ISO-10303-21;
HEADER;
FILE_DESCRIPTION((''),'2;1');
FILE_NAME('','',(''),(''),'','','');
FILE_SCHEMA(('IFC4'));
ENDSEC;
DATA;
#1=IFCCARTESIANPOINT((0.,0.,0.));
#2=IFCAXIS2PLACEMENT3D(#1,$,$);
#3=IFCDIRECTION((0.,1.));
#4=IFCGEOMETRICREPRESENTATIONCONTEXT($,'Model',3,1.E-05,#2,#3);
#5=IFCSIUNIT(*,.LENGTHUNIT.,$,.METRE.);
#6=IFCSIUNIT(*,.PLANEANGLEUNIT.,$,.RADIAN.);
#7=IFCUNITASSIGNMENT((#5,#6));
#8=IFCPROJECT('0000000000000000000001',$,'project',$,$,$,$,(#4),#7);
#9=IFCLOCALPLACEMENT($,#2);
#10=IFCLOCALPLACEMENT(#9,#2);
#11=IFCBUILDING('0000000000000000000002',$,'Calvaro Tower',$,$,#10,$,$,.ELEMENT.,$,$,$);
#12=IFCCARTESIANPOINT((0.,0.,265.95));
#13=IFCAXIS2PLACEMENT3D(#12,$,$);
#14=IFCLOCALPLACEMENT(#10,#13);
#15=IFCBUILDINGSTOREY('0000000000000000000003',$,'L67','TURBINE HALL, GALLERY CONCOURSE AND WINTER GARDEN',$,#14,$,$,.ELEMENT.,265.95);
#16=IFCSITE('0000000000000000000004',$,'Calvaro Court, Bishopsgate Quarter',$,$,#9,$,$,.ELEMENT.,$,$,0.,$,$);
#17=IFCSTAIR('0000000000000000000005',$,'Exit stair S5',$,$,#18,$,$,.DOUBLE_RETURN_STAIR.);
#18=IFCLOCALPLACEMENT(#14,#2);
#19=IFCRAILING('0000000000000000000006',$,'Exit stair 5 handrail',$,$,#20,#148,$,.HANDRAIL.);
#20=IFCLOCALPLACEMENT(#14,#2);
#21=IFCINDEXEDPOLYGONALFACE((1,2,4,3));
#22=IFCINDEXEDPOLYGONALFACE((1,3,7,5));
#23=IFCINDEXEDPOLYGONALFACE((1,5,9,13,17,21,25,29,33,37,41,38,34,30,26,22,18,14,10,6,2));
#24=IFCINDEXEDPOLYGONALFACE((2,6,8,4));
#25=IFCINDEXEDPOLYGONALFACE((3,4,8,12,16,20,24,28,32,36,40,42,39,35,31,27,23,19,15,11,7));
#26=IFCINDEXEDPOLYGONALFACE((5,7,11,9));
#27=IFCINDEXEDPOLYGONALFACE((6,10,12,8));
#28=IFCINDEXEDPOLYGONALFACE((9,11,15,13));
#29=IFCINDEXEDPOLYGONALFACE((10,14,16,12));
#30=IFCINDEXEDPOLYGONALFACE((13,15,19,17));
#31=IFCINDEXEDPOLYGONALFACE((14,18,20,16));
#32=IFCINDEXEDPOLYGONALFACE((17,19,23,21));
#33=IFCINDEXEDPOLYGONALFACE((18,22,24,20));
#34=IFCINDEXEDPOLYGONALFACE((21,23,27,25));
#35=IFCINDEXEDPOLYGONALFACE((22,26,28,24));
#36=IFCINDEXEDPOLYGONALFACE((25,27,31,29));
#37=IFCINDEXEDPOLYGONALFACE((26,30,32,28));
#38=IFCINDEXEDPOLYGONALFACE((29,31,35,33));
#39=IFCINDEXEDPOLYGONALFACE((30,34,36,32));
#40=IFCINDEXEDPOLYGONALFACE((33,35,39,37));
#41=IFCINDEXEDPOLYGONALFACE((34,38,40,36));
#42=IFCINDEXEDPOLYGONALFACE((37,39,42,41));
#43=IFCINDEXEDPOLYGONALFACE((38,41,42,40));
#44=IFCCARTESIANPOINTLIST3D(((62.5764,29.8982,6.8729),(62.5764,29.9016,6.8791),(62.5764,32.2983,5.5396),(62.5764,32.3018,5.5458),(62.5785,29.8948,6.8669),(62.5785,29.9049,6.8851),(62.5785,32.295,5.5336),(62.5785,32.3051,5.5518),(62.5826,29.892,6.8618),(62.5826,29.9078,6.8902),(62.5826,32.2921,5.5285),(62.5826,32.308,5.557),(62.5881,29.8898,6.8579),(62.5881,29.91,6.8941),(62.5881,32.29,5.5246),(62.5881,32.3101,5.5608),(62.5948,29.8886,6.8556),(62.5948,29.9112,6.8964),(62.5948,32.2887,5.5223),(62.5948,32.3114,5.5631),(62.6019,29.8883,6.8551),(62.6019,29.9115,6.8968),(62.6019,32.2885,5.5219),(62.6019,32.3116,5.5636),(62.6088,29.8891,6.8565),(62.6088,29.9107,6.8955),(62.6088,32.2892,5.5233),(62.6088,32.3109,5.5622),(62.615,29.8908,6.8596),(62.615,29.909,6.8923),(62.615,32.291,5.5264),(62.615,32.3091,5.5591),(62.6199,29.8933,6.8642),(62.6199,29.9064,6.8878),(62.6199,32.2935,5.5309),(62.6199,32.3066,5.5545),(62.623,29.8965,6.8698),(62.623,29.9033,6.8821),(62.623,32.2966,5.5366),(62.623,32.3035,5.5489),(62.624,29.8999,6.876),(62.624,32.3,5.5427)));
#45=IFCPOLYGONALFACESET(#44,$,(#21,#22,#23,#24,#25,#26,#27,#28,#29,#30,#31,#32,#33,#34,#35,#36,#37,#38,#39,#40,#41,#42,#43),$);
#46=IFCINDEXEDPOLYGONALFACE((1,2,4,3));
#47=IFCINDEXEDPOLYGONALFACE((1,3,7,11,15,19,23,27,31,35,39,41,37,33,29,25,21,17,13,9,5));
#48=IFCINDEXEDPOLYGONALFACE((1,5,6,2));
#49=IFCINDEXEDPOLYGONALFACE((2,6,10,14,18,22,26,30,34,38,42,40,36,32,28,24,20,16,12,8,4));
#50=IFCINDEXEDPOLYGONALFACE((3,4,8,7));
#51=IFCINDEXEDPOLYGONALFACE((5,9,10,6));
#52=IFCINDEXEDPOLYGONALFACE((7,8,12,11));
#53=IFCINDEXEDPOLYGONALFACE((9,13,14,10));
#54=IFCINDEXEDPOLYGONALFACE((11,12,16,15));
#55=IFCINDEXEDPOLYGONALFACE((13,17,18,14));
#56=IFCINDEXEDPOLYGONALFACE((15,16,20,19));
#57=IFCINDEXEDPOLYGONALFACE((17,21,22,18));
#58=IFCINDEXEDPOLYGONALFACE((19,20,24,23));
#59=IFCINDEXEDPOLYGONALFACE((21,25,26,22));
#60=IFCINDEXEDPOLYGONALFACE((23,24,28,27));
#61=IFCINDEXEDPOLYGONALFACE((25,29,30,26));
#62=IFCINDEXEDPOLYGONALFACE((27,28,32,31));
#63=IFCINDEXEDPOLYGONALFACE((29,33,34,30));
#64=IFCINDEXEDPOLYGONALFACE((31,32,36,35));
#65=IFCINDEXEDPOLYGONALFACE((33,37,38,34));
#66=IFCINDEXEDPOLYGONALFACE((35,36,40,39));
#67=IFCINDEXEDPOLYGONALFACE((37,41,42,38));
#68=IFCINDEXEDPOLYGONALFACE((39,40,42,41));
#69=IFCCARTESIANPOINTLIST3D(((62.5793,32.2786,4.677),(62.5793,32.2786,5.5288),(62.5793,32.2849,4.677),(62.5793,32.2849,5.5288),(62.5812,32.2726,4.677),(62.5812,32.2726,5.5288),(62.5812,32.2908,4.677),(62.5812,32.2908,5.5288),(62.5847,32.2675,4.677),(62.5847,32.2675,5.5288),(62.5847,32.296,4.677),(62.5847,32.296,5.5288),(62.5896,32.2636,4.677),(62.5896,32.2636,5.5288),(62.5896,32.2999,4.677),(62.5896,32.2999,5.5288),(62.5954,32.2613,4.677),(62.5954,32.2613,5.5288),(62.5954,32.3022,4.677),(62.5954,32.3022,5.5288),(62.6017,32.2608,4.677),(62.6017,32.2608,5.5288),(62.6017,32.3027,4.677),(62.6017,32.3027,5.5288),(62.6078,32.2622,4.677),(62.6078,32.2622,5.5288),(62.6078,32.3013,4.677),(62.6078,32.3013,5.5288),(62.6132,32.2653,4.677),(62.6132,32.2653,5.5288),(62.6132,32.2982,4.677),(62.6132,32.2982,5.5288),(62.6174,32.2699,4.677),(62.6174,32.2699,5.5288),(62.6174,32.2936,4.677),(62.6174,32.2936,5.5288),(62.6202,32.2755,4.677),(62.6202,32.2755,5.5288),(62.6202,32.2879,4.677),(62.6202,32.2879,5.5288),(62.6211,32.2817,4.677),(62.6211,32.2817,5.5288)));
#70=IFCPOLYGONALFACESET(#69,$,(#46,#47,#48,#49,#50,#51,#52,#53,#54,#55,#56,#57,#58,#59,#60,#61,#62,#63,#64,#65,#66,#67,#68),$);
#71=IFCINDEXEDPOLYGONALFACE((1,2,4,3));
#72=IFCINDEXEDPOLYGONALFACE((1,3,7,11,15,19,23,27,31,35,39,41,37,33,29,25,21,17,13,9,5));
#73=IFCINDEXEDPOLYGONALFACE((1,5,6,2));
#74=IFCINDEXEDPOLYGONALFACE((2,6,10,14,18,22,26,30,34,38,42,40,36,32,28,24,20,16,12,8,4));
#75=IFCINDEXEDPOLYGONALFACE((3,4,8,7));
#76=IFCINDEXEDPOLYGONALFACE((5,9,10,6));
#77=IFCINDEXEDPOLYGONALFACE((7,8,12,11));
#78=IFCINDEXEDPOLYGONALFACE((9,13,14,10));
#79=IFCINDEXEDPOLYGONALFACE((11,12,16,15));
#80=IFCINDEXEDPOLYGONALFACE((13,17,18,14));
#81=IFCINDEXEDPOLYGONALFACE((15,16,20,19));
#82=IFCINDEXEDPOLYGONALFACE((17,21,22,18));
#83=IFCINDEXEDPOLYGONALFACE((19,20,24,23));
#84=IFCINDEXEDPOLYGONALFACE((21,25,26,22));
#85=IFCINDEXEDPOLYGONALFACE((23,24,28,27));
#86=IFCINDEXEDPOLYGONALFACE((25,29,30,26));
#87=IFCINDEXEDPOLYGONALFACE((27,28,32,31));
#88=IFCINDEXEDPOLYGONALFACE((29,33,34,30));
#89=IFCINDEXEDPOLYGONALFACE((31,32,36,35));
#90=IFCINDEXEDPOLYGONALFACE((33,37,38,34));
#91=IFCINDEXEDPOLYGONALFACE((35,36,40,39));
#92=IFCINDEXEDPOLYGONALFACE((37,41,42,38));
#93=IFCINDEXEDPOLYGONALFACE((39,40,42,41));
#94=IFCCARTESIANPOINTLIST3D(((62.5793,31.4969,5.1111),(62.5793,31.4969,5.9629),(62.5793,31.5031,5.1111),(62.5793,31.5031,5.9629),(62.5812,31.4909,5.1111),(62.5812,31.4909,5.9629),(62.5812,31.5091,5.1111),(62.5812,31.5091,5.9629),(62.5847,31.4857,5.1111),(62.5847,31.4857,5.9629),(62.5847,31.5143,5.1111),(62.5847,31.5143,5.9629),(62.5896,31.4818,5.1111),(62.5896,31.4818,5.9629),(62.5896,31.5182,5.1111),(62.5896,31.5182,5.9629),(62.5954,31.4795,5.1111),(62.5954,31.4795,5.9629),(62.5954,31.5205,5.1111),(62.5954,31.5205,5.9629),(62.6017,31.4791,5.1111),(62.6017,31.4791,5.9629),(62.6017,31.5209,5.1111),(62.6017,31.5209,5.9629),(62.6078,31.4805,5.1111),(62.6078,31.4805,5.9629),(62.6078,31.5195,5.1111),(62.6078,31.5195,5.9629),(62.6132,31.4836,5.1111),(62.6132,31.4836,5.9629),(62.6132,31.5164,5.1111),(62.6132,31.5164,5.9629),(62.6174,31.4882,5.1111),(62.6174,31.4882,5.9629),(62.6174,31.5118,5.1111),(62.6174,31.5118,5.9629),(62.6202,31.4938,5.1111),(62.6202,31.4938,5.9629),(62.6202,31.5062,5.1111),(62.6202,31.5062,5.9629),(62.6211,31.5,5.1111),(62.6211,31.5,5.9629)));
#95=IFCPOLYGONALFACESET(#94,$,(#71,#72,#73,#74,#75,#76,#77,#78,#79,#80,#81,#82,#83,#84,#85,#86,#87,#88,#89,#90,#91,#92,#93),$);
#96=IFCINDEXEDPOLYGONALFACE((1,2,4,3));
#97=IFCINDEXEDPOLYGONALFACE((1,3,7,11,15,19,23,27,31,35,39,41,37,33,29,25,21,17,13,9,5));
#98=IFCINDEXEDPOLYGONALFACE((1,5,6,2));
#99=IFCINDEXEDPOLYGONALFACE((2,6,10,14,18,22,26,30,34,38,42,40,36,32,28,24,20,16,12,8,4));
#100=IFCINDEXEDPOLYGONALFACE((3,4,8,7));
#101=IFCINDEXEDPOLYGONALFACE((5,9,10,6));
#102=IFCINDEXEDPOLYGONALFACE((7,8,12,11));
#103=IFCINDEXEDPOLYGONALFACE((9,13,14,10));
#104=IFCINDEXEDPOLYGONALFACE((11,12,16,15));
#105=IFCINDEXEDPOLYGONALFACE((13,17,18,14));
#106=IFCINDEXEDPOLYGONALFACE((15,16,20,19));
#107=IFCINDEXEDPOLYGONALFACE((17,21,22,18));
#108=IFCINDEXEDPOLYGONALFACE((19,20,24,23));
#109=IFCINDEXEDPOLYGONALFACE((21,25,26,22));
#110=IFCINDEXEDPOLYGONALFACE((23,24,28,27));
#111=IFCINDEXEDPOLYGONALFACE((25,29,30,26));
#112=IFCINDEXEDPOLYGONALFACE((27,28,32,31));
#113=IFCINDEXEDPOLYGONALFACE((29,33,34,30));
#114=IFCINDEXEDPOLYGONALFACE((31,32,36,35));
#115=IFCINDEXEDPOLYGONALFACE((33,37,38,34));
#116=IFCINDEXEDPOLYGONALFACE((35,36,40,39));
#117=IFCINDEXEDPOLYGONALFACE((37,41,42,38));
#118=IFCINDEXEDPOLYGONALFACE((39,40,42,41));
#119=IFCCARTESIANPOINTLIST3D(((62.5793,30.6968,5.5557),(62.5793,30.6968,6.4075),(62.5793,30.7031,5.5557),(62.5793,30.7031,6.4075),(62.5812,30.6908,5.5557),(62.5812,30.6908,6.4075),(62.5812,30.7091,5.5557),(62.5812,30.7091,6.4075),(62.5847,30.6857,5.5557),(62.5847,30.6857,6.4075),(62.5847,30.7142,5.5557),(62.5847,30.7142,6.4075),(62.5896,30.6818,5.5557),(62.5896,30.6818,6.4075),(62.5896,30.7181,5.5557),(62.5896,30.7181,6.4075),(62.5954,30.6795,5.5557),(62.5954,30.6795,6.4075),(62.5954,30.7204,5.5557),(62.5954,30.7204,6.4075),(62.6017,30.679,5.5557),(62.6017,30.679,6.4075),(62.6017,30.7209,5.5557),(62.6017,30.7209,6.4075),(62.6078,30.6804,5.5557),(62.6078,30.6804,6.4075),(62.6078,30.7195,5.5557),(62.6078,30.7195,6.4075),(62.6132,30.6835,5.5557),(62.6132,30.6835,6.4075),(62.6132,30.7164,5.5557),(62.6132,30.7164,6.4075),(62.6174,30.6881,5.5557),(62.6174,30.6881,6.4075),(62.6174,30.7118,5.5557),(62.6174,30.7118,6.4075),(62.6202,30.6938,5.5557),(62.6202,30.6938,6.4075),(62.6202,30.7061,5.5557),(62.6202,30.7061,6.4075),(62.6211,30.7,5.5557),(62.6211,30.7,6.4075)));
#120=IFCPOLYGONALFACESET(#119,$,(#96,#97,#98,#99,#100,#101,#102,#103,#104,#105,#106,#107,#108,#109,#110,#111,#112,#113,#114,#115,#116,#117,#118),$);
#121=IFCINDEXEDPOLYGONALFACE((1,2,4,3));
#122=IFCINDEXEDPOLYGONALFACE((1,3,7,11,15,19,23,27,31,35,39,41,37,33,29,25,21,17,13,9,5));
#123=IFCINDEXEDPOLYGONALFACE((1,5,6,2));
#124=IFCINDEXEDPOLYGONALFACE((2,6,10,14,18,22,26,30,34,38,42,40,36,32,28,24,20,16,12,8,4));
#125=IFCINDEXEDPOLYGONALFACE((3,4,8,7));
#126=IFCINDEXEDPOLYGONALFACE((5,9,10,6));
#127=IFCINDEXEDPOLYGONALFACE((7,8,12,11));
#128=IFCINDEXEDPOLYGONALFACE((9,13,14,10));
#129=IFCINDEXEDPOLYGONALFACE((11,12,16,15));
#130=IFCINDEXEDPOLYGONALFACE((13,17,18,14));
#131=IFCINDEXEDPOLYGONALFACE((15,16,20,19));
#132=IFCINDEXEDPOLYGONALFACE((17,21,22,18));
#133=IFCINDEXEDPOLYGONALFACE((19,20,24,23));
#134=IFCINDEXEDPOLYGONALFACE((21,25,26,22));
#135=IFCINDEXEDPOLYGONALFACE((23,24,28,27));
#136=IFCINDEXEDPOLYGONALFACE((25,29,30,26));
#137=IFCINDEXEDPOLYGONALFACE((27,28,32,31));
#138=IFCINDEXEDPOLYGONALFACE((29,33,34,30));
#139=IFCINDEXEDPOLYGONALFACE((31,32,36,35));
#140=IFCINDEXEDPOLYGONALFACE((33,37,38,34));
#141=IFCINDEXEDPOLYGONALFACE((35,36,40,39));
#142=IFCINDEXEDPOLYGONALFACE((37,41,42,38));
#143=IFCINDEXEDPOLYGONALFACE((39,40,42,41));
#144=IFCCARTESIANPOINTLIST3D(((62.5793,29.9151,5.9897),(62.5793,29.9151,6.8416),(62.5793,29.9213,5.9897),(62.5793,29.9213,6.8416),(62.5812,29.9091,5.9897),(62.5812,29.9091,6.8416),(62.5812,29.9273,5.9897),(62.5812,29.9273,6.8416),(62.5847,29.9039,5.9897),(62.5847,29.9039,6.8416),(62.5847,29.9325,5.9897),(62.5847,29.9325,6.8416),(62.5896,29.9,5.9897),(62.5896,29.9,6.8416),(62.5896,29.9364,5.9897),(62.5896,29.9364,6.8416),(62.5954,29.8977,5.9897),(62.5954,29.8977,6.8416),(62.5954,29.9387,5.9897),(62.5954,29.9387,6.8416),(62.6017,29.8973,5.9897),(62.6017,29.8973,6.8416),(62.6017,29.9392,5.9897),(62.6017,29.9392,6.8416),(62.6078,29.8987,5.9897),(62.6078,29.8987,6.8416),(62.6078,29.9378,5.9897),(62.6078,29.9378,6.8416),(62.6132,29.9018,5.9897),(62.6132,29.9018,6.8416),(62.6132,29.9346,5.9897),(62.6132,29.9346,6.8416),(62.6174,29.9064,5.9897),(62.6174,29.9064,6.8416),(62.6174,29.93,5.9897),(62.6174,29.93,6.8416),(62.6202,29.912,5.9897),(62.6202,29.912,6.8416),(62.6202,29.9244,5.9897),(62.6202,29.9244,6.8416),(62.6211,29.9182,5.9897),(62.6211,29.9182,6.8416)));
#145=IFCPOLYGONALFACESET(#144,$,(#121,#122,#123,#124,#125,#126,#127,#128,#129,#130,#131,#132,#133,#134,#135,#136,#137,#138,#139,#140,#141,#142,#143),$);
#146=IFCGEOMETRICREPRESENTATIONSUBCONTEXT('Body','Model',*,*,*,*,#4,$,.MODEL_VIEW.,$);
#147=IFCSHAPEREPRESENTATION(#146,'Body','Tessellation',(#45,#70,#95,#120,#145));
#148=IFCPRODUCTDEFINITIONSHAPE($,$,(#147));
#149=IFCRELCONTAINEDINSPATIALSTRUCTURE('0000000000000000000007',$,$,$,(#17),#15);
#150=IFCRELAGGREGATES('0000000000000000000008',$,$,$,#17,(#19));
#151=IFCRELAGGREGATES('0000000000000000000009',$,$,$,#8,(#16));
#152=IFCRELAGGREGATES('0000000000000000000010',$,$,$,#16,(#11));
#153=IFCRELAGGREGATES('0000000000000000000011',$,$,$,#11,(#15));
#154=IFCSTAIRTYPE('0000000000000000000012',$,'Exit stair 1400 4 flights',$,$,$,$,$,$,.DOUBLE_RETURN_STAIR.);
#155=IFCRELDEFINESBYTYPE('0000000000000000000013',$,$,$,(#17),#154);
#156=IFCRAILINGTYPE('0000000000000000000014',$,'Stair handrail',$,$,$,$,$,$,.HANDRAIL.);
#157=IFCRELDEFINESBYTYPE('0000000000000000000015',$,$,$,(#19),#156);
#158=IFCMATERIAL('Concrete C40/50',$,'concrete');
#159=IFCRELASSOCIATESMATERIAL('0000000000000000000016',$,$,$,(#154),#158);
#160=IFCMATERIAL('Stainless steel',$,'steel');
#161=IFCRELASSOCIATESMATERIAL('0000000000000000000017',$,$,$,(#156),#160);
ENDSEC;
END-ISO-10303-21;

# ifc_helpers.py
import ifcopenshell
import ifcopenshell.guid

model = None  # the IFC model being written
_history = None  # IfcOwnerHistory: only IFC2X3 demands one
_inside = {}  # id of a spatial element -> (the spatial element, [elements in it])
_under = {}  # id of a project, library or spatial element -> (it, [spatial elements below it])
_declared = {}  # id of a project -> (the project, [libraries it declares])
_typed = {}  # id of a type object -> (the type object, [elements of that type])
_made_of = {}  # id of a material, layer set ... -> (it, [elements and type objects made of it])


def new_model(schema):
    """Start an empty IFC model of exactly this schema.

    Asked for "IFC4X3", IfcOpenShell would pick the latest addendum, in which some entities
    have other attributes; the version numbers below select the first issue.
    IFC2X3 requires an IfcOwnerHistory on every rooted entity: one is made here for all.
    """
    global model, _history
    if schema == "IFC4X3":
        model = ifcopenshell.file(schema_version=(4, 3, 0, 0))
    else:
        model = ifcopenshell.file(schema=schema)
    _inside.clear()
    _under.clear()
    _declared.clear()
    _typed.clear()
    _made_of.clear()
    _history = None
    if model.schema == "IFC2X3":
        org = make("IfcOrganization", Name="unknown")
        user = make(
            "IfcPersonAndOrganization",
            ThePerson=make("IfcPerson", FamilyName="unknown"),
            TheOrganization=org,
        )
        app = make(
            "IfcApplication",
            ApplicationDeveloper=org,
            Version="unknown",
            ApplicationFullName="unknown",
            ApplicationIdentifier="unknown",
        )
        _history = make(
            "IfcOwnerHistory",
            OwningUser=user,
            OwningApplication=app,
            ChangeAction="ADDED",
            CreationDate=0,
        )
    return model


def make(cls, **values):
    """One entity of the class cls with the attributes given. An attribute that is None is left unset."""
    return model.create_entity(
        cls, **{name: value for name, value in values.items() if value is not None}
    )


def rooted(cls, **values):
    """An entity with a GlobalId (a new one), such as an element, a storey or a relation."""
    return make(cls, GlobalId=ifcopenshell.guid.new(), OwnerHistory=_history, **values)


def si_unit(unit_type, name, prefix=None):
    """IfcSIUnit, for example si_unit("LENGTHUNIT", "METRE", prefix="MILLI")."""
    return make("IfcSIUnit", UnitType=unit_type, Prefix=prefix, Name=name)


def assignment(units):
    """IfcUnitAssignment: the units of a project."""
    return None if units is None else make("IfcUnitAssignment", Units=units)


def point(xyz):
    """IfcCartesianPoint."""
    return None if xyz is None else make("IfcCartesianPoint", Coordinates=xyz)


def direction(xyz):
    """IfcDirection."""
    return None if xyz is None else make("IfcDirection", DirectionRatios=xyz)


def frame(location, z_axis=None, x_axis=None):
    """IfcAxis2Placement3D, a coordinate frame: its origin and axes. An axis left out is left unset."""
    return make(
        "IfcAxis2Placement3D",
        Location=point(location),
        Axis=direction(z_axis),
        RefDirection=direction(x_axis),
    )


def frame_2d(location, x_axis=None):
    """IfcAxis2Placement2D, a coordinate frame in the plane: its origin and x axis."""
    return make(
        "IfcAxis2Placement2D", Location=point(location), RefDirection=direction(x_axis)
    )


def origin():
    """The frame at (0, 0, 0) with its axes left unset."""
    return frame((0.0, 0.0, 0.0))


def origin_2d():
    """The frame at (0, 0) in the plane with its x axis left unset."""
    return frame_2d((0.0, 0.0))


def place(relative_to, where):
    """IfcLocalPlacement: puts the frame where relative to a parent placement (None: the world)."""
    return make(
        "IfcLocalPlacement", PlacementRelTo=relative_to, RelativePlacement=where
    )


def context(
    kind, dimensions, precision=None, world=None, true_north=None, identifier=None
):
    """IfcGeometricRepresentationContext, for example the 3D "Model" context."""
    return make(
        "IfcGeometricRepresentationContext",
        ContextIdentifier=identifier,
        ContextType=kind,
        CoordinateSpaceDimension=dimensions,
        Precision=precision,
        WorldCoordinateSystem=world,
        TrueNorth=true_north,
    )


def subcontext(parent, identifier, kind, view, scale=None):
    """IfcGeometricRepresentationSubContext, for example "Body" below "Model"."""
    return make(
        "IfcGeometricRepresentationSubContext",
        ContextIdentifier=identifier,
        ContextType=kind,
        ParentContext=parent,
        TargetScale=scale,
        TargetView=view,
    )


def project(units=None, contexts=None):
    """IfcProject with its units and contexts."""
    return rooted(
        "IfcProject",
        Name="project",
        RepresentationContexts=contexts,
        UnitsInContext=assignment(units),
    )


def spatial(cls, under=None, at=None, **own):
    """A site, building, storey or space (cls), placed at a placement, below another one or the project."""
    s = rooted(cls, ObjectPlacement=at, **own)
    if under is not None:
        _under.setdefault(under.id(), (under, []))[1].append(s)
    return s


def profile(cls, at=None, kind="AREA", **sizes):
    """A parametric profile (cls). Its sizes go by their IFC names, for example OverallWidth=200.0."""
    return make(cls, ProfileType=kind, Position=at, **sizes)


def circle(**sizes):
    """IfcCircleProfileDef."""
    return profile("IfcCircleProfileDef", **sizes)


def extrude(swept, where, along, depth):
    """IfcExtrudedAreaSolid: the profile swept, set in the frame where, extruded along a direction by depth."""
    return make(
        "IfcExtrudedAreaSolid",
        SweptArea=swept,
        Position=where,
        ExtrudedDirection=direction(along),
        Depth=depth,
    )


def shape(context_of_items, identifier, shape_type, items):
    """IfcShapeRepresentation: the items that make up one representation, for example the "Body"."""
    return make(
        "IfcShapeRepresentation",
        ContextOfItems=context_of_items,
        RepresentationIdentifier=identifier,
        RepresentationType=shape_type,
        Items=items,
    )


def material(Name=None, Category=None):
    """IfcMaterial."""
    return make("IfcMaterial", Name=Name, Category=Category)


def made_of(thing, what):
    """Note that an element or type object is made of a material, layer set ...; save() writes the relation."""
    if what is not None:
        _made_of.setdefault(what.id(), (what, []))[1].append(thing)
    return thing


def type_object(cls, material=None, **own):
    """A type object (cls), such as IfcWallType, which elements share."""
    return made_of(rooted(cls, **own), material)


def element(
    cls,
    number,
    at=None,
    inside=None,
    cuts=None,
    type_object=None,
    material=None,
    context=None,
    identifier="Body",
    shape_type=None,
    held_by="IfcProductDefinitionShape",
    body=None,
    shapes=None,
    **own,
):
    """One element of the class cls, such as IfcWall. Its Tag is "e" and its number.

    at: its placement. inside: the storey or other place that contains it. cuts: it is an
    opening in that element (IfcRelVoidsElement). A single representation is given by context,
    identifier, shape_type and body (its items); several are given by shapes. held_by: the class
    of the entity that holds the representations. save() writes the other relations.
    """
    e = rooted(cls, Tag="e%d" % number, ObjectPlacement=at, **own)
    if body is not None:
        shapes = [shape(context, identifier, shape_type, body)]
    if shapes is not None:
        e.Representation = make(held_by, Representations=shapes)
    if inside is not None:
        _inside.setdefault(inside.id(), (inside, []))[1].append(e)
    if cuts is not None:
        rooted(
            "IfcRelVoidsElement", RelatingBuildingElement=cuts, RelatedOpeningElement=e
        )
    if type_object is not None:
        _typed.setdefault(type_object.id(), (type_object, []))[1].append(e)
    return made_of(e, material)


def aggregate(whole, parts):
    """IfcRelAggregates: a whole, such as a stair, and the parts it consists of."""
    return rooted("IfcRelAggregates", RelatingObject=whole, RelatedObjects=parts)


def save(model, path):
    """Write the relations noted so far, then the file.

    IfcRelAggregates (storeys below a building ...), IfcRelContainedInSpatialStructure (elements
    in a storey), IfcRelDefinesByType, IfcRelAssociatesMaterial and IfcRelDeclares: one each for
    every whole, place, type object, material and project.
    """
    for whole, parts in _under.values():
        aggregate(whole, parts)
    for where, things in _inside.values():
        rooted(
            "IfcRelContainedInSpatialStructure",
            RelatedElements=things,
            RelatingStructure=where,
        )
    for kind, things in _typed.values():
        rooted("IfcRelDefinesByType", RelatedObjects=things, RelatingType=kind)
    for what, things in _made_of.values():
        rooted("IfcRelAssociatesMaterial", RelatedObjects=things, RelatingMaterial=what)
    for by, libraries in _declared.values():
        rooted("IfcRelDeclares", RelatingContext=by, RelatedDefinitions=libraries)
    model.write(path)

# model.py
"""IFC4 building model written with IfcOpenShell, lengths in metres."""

from ifc_helpers import new_model, si_unit, direction, frame, origin, origin_2d, place, context, subcontext, project, spatial, circle, extrude, material, type_object, element, aggregate, save


model = new_model("IFC4")

# Units and contexts
model_context = context("Model", 3, precision=1e-05, world=origin(), true_north=direction((0.0, 1.0)))
body_context = subcontext(model_context, "Body", "Model", "MODEL_VIEW")
ifc_project = project(units=[si_unit("LENGTHUNIT", "METRE"), si_unit("PLANEANGLEUNIT", "RADIAN")], contexts=[model_context])

# Site, building, storey
site_placement = place(None, origin())
site = spatial("IfcSite", under=ifc_project, at=site_placement, Name="Calvaro Court, Bishopsgate Quarter", CompositionType="ELEMENT", RefElevation=0.0)
building_placement = place(site_placement, origin())
building = spatial("IfcBuilding", under=site, at=building_placement, Name="Calvaro Tower", CompositionType="ELEMENT")
storey_placement = place(building_placement, frame((0.0, 0.0, 265.95)))
storey = spatial("IfcBuildingStorey", under=building, at=storey_placement, Name="L67", Description="TURBINE HALL, GALLERY CONCOURSE AND WINTER GARDEN", CompositionType="ELEMENT", Elevation=265.95)

# Stair
ifc_material_1 = material(Name="Concrete C40/50", Category="concrete")
stair_type = type_object("IfcStairType", Name="Exit stair 1400 4 flights", PredefinedType="DOUBLE_RETURN_STAIR", material=ifc_material_1)
stair_1_placement = place(storey_placement, origin())
stair_1 = element("IfcStair", 1, at=stair_1_placement, inside=storey, type_object=stair_type, Name="Exit stair S5", PredefinedType="DOUBLE_RETURN_STAIR")

# Railing
ifc_material_2 = material(Name="Stainless steel", Category="steel")
railing_type_1 = type_object("IfcRailingType", Name="Stair handrail", PredefinedType="HANDRAIL", material=ifc_material_2)
railing_1_placement = place(storey_placement, frame((62.6001, 32.3, 4.6667)))
railing_1 = element("IfcRailing", 2, at=railing_1_placement, type_object=railing_type_1, Name="Exit stair 5 handrail", PredefinedType="HANDRAIL", context=body_context, shape_type="SweptSolid", body=[
    extrude(circle(Radius=0.0239, at=origin_2d()), frame((0.0, 0.0, 0.876), z_axis=(0.0, -0.874182, 0.485598), x_axis=(1.0, 0.0, 0.0)), (0.0, 0.0, 1.0), 2.7456),
    extrude(circle(Radius=0.021, at=origin_2d()), frame((0.0, -0.0183, 0.0103)), (0.0, 0.0, 1.0), 0.8518),
    extrude(circle(Radius=0.021, at=origin_2d()), frame((0.0, -0.8, 0.4443)), (0.0, 0.0, 1.0), 0.8518),
    extrude(circle(Radius=0.021, at=origin_2d()), frame((0.0, -1.6001, 0.8889)), (0.0, 0.0, 1.0), 0.8518),
    extrude(circle(Radius=0.021, at=origin_2d()), frame((0.0, -2.3818, 1.323)), (0.0, 0.0, 1.0), 0.8518),
])
aggregate(stair_1, [railing_1])

save(model, "model.ifc")
